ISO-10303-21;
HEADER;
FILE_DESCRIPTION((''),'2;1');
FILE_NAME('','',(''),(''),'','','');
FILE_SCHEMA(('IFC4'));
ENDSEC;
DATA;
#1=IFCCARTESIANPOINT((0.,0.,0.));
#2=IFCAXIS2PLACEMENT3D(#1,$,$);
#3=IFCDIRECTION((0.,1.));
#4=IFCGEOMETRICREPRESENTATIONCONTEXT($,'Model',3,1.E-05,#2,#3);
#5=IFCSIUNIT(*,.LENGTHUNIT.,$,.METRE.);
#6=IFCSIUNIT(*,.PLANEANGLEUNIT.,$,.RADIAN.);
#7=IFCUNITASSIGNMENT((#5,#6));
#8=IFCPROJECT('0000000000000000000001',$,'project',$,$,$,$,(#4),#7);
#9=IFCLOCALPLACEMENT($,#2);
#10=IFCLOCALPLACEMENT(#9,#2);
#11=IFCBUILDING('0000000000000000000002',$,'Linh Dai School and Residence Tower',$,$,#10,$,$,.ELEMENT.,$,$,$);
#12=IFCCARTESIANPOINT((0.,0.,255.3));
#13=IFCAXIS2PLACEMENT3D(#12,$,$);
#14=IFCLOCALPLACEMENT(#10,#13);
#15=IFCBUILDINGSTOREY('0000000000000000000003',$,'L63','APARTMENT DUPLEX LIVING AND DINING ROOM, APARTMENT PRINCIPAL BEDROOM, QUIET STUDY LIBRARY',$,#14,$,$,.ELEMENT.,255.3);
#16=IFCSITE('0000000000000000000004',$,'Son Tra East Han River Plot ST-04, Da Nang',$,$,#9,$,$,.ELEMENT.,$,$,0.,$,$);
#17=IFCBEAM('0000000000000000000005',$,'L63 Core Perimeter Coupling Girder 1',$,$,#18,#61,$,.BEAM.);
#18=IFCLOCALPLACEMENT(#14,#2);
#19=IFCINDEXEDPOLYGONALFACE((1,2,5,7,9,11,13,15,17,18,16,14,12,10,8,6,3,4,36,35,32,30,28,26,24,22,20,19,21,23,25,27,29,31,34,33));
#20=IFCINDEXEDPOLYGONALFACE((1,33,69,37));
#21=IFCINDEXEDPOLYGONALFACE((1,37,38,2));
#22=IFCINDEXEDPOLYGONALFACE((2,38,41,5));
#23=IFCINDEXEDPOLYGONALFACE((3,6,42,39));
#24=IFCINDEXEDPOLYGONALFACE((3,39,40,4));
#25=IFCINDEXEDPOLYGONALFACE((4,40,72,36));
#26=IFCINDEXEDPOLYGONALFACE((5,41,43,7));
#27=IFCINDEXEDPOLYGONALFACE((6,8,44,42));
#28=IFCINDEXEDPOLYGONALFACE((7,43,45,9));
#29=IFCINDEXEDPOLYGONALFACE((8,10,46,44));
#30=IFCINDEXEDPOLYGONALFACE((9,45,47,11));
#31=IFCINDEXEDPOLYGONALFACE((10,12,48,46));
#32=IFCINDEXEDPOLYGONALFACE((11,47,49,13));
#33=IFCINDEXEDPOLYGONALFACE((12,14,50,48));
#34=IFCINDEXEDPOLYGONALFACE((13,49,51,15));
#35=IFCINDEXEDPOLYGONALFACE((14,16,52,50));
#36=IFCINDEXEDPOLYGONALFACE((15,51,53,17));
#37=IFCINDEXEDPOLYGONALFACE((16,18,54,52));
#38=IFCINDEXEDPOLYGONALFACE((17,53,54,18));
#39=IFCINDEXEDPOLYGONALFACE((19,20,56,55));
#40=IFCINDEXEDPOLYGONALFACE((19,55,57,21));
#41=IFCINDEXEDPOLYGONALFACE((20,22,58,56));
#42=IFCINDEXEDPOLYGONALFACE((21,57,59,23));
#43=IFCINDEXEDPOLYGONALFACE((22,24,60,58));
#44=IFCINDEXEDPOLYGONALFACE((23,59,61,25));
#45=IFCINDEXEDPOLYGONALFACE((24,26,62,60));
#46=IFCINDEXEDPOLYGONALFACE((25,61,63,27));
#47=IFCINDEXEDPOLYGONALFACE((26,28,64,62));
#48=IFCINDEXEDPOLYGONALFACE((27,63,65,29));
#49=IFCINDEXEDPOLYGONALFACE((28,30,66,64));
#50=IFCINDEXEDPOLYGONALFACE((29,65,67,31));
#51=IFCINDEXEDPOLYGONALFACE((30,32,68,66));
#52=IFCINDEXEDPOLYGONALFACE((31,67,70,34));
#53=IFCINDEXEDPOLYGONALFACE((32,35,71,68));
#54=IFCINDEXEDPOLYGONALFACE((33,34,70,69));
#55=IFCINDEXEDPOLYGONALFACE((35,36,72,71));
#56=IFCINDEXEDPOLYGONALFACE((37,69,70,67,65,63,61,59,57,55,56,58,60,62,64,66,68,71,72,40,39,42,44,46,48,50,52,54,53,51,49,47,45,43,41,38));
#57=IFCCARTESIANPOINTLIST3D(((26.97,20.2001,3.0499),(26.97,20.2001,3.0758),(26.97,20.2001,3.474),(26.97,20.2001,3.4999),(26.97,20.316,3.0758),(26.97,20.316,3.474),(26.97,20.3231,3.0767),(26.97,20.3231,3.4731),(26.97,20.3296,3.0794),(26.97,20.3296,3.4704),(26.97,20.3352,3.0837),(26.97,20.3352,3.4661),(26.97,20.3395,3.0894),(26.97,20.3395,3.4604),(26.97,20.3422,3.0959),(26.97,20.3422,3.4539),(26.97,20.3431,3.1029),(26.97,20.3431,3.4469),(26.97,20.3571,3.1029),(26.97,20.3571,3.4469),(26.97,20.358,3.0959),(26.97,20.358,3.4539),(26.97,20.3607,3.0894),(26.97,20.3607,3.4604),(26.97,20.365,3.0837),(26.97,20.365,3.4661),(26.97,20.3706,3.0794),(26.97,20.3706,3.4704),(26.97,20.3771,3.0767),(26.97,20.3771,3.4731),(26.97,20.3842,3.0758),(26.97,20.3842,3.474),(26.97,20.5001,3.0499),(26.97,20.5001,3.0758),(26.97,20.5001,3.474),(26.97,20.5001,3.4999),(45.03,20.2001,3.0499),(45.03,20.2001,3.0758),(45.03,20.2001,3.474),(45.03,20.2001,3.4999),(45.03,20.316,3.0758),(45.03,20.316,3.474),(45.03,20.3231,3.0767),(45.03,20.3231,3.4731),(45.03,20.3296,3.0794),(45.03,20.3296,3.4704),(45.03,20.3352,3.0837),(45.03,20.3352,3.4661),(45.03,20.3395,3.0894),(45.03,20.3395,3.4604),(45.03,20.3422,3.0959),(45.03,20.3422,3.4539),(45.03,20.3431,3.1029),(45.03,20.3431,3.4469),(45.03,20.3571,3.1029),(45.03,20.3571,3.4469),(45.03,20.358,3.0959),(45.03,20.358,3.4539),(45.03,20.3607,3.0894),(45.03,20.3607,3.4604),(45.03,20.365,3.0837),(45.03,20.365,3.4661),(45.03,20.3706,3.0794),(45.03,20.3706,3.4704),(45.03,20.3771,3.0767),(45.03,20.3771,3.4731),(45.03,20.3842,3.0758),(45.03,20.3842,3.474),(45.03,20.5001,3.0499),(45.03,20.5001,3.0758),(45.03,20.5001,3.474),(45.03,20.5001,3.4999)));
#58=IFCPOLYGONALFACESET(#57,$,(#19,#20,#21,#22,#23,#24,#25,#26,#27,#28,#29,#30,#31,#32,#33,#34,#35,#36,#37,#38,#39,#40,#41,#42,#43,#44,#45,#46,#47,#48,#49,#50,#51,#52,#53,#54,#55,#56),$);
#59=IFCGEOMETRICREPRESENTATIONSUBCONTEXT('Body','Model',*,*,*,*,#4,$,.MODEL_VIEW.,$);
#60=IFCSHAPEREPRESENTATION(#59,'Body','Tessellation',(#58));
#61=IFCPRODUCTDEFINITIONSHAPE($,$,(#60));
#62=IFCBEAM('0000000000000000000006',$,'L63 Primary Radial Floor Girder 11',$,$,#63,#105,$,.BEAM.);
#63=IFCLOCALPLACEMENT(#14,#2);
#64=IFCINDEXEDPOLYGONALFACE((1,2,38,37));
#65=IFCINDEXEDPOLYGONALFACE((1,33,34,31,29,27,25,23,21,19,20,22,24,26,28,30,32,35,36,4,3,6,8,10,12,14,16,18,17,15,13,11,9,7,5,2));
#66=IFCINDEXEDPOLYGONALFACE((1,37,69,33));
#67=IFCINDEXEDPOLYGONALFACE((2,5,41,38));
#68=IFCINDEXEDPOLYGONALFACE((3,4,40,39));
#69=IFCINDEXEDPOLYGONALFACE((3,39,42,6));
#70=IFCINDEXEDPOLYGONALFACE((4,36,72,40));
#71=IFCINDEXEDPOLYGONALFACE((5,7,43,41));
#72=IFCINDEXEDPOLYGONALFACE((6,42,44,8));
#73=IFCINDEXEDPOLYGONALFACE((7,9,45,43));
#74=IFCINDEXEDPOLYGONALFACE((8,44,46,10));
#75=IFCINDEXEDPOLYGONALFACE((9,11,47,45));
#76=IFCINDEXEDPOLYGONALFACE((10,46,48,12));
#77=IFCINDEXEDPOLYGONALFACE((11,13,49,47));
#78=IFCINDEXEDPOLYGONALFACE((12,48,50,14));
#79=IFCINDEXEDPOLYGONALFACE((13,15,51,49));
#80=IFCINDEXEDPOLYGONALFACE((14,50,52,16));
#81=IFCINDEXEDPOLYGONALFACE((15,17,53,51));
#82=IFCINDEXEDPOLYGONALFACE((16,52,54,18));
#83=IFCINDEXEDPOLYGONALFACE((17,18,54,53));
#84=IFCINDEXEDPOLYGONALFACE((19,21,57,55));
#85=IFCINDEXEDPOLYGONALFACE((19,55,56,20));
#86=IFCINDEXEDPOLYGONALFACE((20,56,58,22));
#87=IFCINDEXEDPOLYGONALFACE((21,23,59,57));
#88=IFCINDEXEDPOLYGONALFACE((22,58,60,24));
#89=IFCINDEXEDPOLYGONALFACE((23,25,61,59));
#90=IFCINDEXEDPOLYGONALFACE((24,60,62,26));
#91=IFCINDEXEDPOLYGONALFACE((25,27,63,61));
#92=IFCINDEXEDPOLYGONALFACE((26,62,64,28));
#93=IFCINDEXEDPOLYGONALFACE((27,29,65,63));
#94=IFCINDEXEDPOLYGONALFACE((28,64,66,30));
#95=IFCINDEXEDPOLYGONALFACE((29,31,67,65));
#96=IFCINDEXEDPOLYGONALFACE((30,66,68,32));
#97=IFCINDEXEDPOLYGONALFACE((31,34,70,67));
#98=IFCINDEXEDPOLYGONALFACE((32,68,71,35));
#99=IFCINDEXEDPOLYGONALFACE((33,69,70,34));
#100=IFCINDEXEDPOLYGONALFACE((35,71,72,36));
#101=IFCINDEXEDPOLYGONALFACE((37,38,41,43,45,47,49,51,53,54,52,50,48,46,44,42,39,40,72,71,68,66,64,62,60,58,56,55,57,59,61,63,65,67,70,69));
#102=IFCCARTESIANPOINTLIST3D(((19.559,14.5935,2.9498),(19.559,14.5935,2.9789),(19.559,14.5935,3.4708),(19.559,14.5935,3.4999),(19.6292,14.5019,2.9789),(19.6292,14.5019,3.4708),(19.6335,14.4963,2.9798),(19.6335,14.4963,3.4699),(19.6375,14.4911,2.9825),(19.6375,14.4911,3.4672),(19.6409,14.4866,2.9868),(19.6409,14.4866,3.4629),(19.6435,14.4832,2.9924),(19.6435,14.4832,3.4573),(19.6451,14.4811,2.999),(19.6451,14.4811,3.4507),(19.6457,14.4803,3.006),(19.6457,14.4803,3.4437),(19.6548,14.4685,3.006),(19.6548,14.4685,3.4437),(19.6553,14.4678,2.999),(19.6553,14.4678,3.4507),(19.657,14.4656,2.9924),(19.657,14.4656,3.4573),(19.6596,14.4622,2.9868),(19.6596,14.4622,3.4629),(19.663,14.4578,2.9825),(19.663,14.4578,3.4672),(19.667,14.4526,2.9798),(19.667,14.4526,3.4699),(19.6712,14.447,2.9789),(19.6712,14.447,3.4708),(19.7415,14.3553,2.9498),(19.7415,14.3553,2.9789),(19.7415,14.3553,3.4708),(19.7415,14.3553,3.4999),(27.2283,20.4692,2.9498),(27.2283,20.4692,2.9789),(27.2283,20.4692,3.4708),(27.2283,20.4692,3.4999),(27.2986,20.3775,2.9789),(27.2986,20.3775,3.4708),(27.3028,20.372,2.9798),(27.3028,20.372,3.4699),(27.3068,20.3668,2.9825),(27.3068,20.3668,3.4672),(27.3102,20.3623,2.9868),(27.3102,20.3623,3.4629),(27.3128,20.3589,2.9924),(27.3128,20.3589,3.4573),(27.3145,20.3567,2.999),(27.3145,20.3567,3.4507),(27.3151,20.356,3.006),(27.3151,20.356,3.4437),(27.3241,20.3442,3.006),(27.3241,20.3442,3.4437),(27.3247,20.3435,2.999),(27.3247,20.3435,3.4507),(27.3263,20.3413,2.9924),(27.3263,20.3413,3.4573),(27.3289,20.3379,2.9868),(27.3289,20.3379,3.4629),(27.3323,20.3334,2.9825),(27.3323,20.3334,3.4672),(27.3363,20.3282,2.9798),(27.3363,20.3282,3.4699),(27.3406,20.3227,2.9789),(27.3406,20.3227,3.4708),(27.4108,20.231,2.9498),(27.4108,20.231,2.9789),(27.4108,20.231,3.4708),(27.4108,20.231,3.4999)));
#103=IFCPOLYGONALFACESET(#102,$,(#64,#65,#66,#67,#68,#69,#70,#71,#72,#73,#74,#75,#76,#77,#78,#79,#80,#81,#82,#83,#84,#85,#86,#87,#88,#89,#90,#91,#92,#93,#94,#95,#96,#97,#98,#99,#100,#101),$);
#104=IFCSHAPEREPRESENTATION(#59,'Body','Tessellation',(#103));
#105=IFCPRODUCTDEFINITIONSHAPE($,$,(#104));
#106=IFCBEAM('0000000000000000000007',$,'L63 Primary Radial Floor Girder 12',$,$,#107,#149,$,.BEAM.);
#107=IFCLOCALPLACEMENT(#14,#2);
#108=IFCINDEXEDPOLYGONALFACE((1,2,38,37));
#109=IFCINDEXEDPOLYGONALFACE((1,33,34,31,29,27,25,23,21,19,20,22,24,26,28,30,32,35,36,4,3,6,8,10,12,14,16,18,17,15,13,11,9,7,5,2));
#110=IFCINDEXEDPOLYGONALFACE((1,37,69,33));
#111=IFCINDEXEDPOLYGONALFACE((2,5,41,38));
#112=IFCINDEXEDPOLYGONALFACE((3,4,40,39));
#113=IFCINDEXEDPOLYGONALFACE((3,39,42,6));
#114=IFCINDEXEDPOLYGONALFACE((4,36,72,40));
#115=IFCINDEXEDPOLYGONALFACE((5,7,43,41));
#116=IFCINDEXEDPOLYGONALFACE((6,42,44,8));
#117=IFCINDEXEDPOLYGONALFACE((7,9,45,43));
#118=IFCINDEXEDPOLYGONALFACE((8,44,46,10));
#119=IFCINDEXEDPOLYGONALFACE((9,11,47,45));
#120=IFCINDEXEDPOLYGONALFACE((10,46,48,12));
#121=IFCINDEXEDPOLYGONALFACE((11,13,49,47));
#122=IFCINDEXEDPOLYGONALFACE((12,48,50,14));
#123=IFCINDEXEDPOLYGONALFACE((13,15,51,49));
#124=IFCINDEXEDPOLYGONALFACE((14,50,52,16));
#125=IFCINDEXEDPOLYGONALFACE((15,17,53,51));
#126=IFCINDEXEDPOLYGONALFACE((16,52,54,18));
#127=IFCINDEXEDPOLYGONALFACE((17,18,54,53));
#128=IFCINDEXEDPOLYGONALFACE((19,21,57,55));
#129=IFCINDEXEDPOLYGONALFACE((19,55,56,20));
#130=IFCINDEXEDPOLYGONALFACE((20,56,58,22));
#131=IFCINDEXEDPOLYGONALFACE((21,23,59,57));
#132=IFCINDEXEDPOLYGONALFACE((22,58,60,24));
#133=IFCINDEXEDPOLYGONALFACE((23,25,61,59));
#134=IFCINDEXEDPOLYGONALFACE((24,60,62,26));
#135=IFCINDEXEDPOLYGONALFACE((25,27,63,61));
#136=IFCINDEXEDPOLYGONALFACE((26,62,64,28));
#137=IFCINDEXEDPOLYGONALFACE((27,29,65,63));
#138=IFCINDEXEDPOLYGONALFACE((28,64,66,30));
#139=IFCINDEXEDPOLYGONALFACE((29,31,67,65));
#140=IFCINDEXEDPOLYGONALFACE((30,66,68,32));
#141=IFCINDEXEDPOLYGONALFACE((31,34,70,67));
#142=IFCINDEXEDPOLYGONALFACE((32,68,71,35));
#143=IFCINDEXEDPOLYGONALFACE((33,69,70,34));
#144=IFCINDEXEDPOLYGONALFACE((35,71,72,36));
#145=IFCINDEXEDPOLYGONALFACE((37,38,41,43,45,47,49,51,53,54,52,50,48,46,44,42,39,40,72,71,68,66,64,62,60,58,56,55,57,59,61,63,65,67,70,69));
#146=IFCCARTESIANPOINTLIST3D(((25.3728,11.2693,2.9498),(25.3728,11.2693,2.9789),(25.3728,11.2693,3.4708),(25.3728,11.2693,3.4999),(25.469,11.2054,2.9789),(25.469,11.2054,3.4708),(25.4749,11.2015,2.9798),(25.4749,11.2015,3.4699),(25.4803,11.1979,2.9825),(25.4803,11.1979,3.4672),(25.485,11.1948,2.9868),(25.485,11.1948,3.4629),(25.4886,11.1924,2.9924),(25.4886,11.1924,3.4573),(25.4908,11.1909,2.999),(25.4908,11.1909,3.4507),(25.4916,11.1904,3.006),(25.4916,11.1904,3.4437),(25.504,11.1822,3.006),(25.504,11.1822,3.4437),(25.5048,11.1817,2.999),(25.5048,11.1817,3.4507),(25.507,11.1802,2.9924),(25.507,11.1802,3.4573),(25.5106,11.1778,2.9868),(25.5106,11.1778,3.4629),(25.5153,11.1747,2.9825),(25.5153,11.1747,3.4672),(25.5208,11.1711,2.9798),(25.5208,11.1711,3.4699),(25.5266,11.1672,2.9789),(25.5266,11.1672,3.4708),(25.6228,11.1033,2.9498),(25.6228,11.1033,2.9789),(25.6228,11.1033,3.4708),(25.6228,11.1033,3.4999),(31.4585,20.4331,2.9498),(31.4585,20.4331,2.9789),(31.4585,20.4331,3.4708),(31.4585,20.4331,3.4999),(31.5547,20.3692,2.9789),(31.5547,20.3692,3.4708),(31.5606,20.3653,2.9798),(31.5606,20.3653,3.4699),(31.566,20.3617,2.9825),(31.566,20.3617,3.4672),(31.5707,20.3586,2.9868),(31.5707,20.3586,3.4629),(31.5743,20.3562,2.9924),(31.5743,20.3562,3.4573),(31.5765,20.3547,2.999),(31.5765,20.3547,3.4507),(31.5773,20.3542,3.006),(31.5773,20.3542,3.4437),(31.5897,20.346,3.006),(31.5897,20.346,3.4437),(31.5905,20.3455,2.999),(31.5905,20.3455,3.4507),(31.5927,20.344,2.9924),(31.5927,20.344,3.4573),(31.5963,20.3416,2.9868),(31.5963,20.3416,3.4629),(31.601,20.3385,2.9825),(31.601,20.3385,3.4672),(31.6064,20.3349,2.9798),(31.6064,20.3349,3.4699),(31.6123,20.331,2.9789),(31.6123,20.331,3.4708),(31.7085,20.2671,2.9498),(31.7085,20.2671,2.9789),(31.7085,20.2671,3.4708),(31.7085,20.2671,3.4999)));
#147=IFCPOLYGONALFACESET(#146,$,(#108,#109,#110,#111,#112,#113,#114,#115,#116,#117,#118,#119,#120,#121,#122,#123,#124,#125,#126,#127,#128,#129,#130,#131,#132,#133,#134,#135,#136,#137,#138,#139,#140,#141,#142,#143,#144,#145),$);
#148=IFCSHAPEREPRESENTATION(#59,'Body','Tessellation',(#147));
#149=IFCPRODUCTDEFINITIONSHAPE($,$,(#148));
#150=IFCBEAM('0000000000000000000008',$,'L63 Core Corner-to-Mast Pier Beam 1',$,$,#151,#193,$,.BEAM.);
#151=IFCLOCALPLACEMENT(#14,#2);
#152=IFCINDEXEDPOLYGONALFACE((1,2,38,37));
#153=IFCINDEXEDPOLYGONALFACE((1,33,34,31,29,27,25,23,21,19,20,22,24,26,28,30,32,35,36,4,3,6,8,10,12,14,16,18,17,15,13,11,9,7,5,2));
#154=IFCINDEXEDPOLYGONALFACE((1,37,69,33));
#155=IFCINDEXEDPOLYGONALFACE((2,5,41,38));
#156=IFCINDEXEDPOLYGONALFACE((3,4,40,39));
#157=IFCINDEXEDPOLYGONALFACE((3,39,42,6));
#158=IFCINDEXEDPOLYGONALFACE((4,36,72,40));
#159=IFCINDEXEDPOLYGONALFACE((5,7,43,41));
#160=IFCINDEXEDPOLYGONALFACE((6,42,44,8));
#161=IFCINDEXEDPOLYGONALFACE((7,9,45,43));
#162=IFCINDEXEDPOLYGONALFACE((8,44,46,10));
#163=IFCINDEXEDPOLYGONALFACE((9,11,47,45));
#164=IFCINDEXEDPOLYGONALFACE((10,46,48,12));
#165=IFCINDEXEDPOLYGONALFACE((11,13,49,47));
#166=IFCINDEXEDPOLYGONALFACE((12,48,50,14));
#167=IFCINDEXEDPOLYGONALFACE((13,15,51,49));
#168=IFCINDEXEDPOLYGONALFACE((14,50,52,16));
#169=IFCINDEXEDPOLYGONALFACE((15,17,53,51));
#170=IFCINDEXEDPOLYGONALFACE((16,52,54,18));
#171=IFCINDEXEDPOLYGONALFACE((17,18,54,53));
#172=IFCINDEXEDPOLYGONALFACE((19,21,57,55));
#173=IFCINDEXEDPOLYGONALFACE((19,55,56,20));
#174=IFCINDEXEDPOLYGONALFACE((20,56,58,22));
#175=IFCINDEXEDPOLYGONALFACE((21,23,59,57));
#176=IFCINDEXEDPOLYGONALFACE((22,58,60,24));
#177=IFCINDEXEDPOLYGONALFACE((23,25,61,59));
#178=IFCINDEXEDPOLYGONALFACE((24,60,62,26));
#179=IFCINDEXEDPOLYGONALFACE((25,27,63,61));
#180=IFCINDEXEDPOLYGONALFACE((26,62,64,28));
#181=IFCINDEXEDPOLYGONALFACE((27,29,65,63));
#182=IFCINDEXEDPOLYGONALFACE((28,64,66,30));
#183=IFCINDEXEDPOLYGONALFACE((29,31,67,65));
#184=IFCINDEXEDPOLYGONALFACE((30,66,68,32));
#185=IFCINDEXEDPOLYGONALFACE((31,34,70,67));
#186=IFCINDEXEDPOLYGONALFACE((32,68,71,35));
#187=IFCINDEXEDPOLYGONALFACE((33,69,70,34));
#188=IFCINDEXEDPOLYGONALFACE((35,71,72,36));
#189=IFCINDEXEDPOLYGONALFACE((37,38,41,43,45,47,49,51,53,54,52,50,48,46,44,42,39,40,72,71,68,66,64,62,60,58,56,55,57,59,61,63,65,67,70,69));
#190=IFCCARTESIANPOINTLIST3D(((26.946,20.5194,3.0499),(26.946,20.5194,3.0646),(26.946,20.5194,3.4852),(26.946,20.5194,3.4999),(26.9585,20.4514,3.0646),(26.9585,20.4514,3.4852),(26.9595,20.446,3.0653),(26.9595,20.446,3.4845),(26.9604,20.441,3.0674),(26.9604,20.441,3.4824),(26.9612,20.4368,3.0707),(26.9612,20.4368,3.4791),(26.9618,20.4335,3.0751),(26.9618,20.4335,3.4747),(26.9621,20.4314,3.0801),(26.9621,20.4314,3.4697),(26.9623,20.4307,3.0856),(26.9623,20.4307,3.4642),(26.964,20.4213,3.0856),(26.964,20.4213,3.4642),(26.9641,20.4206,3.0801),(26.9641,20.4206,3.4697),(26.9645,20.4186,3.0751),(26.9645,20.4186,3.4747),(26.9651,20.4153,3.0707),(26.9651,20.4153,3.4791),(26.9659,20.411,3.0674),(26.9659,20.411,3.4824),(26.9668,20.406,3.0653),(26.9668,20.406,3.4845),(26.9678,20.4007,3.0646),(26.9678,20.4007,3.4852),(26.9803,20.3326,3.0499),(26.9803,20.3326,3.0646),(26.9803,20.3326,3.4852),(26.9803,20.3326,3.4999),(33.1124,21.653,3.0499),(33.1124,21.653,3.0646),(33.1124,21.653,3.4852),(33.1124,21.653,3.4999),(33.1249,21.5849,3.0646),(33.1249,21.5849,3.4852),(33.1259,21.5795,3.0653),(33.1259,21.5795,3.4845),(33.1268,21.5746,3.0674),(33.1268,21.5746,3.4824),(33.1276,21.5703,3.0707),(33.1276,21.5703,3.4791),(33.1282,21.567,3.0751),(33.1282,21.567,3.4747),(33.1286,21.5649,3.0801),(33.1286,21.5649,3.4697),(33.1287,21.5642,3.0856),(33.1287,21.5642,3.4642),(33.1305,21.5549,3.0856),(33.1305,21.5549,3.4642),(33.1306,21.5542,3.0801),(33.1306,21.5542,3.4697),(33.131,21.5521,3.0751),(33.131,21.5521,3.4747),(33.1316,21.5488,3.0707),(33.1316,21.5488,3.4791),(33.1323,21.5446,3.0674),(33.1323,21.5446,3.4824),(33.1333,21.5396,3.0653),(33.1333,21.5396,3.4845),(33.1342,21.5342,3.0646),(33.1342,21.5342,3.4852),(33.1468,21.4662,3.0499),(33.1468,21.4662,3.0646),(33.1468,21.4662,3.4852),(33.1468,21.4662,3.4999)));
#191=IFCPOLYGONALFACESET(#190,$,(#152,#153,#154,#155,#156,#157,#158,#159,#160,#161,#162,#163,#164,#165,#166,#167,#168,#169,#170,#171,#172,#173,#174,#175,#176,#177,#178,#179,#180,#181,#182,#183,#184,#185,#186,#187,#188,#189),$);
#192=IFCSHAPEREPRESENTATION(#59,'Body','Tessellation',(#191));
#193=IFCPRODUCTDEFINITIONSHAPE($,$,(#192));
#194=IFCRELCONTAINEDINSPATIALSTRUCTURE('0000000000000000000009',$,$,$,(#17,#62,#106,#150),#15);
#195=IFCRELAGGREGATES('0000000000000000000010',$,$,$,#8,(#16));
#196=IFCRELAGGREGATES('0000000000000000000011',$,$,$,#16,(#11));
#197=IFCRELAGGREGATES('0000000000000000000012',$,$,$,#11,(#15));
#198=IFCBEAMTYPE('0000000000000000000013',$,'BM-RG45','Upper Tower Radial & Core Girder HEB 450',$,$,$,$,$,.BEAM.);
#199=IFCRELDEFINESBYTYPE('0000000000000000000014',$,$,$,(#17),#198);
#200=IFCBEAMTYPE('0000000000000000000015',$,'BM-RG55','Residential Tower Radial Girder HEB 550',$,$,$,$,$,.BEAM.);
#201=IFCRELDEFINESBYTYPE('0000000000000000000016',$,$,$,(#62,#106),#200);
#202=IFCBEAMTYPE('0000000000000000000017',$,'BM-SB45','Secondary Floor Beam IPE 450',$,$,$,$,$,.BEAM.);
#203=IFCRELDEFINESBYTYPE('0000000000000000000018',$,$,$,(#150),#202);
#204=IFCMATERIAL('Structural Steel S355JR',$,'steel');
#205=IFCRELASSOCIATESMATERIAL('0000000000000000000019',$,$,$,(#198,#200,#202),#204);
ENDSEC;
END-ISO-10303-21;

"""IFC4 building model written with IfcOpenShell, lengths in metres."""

from ifc_helpers import new_model, si_unit, direction, frame, origin, origin_2d, place, context, subcontext, project, spatial, i_section, extrude, material, material_profile, profile_set, type_object, element, save


model = new_model("IFC4")

# Units and contexts
model_context = context("Model", 3, precision=1e-05, world=origin(), true_north=direction((0.0, 1.0)))
body_context = subcontext(model_context, "Body", "Model", "MODEL_VIEW")
ifc_project = project(units=[si_unit("LENGTHUNIT", "METRE"), si_unit("PLANEANGLEUNIT", "RADIAN")], contexts=[model_context])

# Site, building, storey
site_placement = place(None, origin())
site = spatial("IfcSite", under=ifc_project, at=site_placement, Name="Son Tra East Han River Plot ST-04, Da Nang", CompositionType="ELEMENT", RefElevation=0.0)
building_placement = place(site_placement, origin())
building = spatial("IfcBuilding", under=site, at=building_placement, Name="Linh Dai School and Residence Tower", CompositionType="ELEMENT")
storey_placement = place(building_placement, frame((0.0, 0.0, 255.3)))
storey = spatial("IfcBuildingStorey", under=building, at=storey_placement, Name="L63", Description="APARTMENT DUPLEX LIVING AND DINING ROOM, APARTMENT PRINCIPAL BEDROOM, QUIET STUDY LIBRARY", CompositionType="ELEMENT", Elevation=255.3)

# Shared definitions
ifc_material_1 = material(Name="Structural Steel S355JR", Category="steel")

# Beams
ifc_material_profile_1 = material_profile(ifc_material_1, i_section(OverallWidth=0.3, OverallDepth=0.45, WebThickness=0.0139, FlangeThickness=0.0259, FilletRadius=0.0271, at=origin_2d()), Name="HEB 450")
ifc_profile_set_1 = profile_set([ifc_material_profile_1], Name="Structural Steel S355JR")
beam_type_1 = type_object("IfcBeamType", Name="BM-RG45", Description="Upper Tower Radial & Core Girder HEB 450", PredefinedType="BEAM", material=ifc_profile_set_1)
beam_1_placement = place(storey_placement, frame((26.97, 20.3501, 3.2749), z_axis=(1.0, 0.0, 0.0), x_axis=(0.0, 1.0, 0.0)))
element("IfcBeam", 1, at=beam_1_placement, inside=storey, type_object=beam_type_1, Name="L63 Core Perimeter Coupling Girder 1", PredefinedType="BEAM", context=body_context, shape_type="SweptSolid", body=[
    extrude(i_section(OverallWidth=0.3, OverallDepth=0.45, WebThickness=0.0139, FlangeThickness=0.0259, FilletRadius=0.0271, at=origin_2d()), origin(), (0.0, 0.0, 1.0), 18.0601),
])
ifc_material_profile_2 = material_profile(ifc_material_1, i_section(OverallWidth=0.3, OverallDepth=0.55, WebThickness=0.0149, FlangeThickness=0.0291, FilletRadius=0.0271, at=origin_2d()), Name="HEB 550")
ifc_profile_set_2 = profile_set([ifc_material_profile_2], Name="Structural Steel S355JR")
beam_type_2 = type_object("IfcBeamType", Name="BM-RG55", Description="Residential Tower Radial Girder HEB 550", PredefinedType="BEAM", material=ifc_profile_set_2)
beam_2_placement = place(storey_placement, frame((27.3196, 20.3501, 3.2249), z_axis=(-0.793815, -0.60816, 0.0), x_axis=(0.60816, -0.793815, 0.0)))
element("IfcBeam", 2, at=beam_2_placement, inside=storey, type_object=beam_type_2, Name="L63 Primary Radial Floor Girder 11", PredefinedType="BEAM", context=body_context, shape_type="SweptSolid", body=[
    extrude(i_section(OverallWidth=0.3, OverallDepth=0.55, WebThickness=0.0149, FlangeThickness=0.0291, FilletRadius=0.0271, at=origin_2d()), origin(), (0.0, 0.0, 1.0), 9.6614),
])
beam_3_placement = place(storey_placement, frame((31.5835, 20.3501, 3.2249), z_axis=(-0.553219, -0.833036, 0.0), x_axis=(0.833036, -0.553219, 0.0)))
element("IfcBeam", 3, at=beam_3_placement, inside=storey, type_object=beam_type_2, Name="L63 Primary Radial Floor Girder 12", PredefinedType="BEAM", context=body_context, shape_type="SweptSolid", body=[
    extrude(i_section(OverallWidth=0.3, OverallDepth=0.55, WebThickness=0.0149, FlangeThickness=0.0291, FilletRadius=0.0271, at=origin_2d()), origin(), (0.0, 0.0, 1.0), 11.0005),
])
ifc_material_profile_3 = material_profile(ifc_material_1, i_section(OverallWidth=0.1899, OverallDepth=0.45, WebThickness=0.0095, FlangeThickness=0.0146, FilletRadius=0.021, at=origin_2d()), Name="IPE 450")
ifc_profile_set_3 = profile_set([ifc_material_profile_3], Name="Structural Steel S355JR")
beam_type_3 = type_object("IfcBeamType", Name="BM-SB45", Description="Secondary Floor Beam IPE 450", PredefinedType="BEAM", material=ifc_profile_set_3)
beam_4_placement = place(storey_placement, frame((26.9631, 20.426, 3.2749), z_axis=(0.983521, 0.180794, 0.0), x_axis=(-0.180794, 0.983521, 0.0)))
element("IfcBeam", 4, at=beam_4_placement, inside=storey, type_object=beam_type_3, Name="L63 Core Corner-to-Mast Pier Beam 1", PredefinedType="BEAM", context=body_context, shape_type="SweptSolid", body=[
    extrude(i_section(OverallWidth=0.1899, OverallDepth=0.45, WebThickness=0.0095, FlangeThickness=0.0146, FilletRadius=0.021, at=origin_2d()), origin(), (0.0, 0.0, 1.0), 6.2698),
])

save(model, "model.ifc")
